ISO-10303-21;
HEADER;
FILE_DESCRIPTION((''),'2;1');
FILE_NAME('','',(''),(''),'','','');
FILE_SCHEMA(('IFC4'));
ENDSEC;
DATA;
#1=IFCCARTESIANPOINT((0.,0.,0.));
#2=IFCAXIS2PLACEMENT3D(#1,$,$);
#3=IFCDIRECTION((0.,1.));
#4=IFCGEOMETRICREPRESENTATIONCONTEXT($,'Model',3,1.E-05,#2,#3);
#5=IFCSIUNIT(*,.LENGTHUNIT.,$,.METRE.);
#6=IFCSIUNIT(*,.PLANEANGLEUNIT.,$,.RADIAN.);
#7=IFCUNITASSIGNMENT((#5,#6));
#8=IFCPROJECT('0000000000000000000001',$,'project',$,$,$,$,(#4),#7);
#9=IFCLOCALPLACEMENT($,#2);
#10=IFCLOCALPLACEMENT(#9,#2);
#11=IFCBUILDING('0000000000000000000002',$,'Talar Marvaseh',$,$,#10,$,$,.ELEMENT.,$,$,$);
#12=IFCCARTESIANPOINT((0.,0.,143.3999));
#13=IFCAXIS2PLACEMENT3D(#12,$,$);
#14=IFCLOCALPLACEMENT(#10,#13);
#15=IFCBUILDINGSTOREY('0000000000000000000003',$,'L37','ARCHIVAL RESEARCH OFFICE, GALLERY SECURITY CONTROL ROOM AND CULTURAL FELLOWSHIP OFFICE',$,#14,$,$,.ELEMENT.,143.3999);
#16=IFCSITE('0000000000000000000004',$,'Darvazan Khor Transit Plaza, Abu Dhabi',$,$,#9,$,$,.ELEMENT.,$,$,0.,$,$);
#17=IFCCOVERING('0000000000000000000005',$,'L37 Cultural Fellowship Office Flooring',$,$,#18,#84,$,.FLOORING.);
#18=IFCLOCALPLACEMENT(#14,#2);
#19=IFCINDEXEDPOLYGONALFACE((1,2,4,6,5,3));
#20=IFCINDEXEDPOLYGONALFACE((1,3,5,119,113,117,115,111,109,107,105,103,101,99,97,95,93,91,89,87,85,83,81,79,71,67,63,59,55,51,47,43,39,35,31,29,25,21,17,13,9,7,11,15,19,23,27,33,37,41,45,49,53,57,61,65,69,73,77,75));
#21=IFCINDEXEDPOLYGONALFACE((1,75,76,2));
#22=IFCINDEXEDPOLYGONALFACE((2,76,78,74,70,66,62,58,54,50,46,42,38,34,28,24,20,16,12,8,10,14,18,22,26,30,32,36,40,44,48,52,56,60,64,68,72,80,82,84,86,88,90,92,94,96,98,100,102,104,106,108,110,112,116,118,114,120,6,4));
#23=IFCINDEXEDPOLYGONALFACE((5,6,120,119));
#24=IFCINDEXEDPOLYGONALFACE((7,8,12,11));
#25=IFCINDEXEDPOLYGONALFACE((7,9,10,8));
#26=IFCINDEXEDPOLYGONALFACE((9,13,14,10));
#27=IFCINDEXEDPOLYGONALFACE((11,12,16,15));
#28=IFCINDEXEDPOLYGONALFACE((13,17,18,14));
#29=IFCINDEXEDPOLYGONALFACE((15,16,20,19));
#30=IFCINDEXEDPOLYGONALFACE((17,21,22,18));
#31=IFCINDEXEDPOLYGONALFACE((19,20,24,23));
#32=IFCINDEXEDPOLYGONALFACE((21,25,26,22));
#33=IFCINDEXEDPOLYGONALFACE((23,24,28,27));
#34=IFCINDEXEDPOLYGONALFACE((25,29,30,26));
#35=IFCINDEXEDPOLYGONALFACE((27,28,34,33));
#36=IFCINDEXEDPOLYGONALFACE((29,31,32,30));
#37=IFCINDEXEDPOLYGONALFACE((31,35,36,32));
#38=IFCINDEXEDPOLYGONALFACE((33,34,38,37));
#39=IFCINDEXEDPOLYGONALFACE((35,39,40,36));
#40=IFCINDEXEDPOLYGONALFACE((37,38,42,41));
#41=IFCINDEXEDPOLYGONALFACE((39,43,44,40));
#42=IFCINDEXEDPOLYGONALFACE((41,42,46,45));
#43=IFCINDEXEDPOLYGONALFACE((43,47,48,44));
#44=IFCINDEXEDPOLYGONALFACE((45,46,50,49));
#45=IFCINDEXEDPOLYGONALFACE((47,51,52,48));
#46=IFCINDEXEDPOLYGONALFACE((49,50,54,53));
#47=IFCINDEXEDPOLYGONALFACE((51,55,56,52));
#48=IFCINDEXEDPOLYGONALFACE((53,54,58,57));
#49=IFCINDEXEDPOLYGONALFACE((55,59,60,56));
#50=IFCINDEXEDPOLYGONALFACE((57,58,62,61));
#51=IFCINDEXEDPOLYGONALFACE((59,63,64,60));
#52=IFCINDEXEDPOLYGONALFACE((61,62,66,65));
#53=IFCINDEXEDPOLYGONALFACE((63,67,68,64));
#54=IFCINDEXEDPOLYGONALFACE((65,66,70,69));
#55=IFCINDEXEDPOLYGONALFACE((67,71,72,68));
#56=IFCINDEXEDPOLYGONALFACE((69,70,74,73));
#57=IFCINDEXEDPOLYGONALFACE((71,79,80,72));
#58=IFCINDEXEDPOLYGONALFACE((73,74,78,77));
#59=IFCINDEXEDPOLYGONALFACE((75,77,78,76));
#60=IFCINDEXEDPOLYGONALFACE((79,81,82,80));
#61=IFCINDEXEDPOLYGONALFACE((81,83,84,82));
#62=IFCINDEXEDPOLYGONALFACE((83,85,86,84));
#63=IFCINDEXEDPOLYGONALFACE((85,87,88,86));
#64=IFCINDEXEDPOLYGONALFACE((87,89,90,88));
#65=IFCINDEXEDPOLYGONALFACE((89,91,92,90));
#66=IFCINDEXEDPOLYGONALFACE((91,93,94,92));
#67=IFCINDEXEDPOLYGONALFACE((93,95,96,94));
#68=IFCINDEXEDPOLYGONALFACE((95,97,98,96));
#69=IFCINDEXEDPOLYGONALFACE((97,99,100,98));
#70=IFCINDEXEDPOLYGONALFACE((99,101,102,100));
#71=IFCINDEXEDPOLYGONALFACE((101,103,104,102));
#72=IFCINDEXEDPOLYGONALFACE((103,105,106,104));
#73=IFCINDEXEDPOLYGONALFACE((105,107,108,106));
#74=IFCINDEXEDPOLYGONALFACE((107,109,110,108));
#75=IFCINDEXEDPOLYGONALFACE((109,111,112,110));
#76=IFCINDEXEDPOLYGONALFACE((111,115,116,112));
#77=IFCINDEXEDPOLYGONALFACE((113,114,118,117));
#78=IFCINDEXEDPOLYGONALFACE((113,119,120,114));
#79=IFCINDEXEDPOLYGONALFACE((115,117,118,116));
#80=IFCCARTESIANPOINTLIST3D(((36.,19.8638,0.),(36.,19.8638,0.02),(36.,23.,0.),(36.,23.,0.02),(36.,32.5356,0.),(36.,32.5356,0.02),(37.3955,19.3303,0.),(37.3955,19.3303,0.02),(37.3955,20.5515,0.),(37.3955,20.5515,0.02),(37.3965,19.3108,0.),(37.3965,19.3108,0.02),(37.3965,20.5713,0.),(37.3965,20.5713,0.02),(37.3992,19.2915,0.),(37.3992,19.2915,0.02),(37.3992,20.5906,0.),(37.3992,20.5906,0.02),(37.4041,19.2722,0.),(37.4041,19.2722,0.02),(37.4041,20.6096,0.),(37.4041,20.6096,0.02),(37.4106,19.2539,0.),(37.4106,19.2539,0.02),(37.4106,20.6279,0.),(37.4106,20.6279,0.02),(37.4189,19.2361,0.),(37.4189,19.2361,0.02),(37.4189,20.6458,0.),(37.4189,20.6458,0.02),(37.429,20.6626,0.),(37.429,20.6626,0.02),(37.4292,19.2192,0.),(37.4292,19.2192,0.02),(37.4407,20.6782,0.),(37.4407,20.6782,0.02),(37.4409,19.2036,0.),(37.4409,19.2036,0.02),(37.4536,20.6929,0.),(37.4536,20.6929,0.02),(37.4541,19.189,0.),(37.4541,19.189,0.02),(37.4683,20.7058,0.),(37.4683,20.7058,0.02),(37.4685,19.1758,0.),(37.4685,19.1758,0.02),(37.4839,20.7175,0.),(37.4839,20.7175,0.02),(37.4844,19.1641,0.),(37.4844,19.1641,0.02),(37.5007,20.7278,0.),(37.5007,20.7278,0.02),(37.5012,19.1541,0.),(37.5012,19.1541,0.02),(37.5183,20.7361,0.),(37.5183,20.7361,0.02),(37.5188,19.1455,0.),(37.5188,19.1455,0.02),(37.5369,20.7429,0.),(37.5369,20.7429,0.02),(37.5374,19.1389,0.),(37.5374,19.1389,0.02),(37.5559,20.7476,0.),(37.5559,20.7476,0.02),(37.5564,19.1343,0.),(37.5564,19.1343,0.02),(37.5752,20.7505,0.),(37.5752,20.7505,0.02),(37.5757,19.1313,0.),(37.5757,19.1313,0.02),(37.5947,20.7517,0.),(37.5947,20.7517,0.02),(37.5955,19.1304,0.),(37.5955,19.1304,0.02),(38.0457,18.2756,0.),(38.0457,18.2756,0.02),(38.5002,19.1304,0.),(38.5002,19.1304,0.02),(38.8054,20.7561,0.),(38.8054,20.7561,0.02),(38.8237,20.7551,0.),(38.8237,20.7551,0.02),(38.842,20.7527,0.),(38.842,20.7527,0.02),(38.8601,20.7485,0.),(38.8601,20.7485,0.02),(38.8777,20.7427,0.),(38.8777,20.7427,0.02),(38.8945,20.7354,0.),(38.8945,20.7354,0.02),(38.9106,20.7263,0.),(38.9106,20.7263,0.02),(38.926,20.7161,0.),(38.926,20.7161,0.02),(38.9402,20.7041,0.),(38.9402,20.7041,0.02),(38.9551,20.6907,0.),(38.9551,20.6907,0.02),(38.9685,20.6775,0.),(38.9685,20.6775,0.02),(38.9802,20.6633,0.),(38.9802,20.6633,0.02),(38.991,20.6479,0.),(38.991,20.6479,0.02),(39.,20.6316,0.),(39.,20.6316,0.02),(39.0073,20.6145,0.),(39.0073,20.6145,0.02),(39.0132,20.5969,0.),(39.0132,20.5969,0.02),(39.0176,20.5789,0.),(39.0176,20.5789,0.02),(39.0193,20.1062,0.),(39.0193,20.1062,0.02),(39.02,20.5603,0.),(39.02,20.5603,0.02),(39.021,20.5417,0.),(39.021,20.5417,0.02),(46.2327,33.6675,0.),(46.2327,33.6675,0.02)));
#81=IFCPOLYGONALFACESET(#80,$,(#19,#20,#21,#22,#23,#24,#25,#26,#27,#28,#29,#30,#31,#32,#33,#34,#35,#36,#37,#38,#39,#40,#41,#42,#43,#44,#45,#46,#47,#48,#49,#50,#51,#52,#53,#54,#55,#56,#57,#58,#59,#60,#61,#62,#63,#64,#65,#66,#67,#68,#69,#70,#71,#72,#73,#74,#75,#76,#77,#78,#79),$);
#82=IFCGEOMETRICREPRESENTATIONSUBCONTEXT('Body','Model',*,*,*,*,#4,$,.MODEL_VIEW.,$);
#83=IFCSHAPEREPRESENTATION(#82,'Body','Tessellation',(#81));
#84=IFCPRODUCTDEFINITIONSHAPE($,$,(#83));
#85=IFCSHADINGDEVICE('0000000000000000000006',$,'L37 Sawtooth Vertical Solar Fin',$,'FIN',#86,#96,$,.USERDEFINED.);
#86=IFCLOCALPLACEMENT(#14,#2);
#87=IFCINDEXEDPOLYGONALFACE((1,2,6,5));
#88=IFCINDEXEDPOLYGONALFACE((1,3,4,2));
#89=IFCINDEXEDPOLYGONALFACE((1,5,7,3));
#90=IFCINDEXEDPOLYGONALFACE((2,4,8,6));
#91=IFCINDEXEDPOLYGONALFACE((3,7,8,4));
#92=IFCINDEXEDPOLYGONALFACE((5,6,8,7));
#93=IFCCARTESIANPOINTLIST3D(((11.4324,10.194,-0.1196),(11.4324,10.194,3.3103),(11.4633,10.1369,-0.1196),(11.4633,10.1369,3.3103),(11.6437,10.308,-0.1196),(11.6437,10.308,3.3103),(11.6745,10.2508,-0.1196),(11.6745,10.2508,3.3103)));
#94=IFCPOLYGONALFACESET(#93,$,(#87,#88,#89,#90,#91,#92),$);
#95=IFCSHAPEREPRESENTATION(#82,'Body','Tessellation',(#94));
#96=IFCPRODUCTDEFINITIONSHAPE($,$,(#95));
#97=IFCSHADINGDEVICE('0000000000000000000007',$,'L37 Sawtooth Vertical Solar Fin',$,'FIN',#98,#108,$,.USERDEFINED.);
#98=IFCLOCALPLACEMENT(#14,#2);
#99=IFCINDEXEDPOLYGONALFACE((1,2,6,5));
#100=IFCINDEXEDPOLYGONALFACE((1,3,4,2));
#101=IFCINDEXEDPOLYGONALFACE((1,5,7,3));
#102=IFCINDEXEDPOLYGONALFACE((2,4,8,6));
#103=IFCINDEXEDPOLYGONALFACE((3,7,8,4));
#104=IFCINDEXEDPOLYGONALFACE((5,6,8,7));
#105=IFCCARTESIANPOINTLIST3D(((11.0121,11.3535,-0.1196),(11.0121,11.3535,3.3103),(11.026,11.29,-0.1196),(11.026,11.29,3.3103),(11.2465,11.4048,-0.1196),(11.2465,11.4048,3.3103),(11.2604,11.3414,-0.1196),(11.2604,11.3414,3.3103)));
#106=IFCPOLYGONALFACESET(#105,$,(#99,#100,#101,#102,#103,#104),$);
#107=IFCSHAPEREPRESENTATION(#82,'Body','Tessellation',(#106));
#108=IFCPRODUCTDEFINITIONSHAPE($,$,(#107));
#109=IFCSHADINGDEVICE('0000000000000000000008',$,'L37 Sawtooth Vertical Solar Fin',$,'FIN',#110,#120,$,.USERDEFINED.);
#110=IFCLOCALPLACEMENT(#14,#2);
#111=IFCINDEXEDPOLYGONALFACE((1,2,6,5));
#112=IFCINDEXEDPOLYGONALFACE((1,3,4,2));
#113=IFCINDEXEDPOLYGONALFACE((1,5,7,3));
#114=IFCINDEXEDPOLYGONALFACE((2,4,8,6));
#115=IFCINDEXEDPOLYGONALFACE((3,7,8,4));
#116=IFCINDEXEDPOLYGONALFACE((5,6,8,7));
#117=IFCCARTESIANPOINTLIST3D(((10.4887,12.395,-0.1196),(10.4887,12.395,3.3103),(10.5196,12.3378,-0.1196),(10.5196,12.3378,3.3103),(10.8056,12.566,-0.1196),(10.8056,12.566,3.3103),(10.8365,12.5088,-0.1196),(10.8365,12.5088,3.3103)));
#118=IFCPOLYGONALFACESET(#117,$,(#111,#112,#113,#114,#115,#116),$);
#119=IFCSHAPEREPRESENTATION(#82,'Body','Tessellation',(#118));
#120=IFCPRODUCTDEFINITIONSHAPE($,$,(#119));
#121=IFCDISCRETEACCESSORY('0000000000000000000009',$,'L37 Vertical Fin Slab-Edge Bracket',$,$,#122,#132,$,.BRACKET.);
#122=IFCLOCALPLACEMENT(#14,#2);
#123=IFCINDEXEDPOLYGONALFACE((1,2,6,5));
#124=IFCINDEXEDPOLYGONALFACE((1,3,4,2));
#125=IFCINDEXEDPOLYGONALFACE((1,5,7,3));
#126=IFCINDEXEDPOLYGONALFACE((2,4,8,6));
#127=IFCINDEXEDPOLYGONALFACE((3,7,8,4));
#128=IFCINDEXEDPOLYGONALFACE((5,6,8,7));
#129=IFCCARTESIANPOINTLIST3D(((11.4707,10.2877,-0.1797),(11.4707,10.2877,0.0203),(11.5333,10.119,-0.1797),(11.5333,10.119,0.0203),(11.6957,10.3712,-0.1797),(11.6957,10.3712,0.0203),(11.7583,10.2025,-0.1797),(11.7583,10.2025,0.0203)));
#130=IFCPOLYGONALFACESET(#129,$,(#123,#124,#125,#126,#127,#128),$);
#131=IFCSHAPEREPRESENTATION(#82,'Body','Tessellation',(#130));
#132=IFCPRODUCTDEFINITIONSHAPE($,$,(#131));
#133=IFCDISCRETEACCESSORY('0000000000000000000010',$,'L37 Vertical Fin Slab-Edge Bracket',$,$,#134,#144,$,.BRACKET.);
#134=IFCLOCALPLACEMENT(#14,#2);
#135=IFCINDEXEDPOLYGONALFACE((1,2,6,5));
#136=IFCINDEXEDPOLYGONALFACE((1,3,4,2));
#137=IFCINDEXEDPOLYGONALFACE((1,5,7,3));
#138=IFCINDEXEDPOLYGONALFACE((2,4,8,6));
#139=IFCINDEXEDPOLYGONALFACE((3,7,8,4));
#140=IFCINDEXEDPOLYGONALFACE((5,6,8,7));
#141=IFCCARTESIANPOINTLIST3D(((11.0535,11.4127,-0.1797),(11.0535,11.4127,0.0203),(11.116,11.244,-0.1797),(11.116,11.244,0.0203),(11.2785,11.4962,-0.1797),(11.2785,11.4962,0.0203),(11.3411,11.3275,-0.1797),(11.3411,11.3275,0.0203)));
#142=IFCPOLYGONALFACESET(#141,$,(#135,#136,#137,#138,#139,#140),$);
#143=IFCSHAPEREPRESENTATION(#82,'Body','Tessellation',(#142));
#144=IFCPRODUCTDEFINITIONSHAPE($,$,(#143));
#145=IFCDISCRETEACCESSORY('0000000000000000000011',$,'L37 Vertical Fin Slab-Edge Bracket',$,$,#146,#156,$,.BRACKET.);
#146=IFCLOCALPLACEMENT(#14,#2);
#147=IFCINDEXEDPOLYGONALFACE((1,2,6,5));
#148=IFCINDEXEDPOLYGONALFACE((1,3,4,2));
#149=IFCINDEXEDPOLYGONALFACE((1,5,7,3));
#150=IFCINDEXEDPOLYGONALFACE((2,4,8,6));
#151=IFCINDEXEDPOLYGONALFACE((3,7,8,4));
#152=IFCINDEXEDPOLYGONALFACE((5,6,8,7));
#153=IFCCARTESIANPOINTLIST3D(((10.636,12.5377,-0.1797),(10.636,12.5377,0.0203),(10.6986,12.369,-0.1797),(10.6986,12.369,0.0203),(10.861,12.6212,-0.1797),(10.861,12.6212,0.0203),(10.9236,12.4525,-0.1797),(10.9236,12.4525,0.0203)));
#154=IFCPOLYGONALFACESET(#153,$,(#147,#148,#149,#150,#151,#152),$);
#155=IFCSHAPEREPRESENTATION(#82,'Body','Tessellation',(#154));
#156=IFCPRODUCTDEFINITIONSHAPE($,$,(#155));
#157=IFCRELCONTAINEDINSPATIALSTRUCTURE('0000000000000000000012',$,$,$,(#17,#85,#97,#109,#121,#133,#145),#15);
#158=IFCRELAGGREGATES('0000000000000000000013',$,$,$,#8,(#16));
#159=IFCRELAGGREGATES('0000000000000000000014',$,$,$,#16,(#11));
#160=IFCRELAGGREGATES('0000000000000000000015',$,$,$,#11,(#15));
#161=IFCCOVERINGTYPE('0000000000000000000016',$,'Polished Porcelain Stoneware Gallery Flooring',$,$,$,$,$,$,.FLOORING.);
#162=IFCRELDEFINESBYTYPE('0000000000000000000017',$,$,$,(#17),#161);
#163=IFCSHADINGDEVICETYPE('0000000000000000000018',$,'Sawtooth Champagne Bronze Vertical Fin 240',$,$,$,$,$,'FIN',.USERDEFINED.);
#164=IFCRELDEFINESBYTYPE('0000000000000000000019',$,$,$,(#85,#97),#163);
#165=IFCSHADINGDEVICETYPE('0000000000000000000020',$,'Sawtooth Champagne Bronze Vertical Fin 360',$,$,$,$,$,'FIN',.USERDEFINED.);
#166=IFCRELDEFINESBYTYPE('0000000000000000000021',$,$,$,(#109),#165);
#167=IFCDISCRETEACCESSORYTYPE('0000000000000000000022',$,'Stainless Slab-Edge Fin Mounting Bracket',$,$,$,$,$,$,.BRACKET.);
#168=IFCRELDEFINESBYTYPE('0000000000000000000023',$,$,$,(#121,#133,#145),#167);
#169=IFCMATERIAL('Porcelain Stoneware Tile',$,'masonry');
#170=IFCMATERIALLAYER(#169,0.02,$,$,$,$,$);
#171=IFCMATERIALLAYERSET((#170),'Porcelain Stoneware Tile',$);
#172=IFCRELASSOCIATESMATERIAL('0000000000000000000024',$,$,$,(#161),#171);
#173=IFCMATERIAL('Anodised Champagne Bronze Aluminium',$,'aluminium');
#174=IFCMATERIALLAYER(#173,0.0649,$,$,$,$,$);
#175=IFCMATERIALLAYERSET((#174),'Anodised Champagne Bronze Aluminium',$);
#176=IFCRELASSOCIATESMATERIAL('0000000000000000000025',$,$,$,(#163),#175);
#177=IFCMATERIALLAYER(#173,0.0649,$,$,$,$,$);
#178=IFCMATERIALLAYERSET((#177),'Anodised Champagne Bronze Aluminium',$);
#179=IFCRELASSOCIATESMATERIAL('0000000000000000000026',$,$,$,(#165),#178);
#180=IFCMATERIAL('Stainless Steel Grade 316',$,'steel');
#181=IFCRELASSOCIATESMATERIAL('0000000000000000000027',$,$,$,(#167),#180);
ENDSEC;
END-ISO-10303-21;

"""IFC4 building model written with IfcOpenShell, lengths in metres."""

from ifc_helpers import new_model, si_unit, direction, frame, origin, origin_2d, place, context, subcontext, project, spatial, polyline, rectangle, outline, extrude, source, transform, mapped, material, layer, layer_set, type_object, type_shapes, element, save


model = new_model("IFC4")

# Units and contexts
model_context = context("Model", 3, precision=1e-05, world=origin(), true_north=direction((0.0, 1.0)))
body_context = subcontext(model_context, "Body", "Model", "MODEL_VIEW")
ifc_project = project(units=[si_unit("LENGTHUNIT", "METRE"), si_unit("PLANEANGLEUNIT", "RADIAN")], contexts=[model_context])

# Site, building, storey
site_placement = place(None, origin())
site = spatial("IfcSite", under=ifc_project, at=site_placement, Name="Darvazan Khor Transit Plaza, Abu Dhabi", CompositionType="ELEMENT", RefElevation=0.0)
building_placement = place(site_placement, origin())
building = spatial("IfcBuilding", under=site, at=building_placement, Name="Talar Marvaseh", CompositionType="ELEMENT")
storey_placement = place(building_placement, frame((0.0, 0.0, 143.3999)))
storey = spatial("IfcBuildingStorey", under=building, at=storey_placement, Name="L37", Description="ARCHIVAL RESEARCH OFFICE, GALLERY SECURITY CONTROL ROOM AND CULTURAL FELLOWSHIP OFFICE", CompositionType="ELEMENT", Elevation=143.3999)

# Covering
ifc_material_1 = material(Name="Porcelain Stoneware Tile", Category="masonry")
ifc_layer_1 = layer(ifc_material_1, 0.02)
ifc_layer_set_1 = layer_set([ifc_layer_1], Name="Porcelain Stoneware Tile")
covering_type_1 = type_object("IfcCoveringType", Name="Polished Porcelain Stoneware Gallery Flooring", PredefinedType="FLOORING", material=ifc_layer_set_1)
covering_1_placement = place(storey_placement, origin())
element("IfcCovering", 1, at=covering_1_placement, inside=storey, type_object=covering_type_1, Name="L37 Cultural Fellowship Office Flooring", PredefinedType="FLOORING", context=body_context, shape_type="SweptSolid", body=[
    extrude(outline(polyline([(46.2327, 33.6675), (39.0193, 20.1062), (39.021, 20.5417), (39.02, 20.5603), (39.0176, 20.5789), (39.0132, 20.5969), (39.0073, 20.6145), (39.0, 20.6316), (38.991, 20.6479), (38.9802, 20.6633), (38.9685, 20.6775), (38.9551, 20.6907), (38.9402, 20.7041), (38.926, 20.7161), (38.9106, 20.7263), (38.8945, 20.7354), (38.8777, 20.7427), (38.8601, 20.7485), (38.842, 20.7527), (38.8237, 20.7551), (38.8054, 20.7561), (37.5947, 20.7517), (37.5752, 20.7505), (37.5559, 20.7476), (37.5369, 20.7429), (37.5183, 20.7361), (37.5007, 20.7278), (37.4839, 20.7175), (37.4683, 20.7058), (37.4536, 20.6929), (37.4407, 20.6782), (37.429, 20.6626), (37.4189, 20.6458), (37.4106, 20.6279), (37.4041, 20.6096), (37.3992, 20.5906), (37.3965, 20.5713), (37.3955, 20.5515), (37.3955, 19.3303), (37.3965, 19.3108), (37.3992, 19.2915), (37.4041, 19.2722), (37.4106, 19.2539), (37.4189, 19.2361), (37.4292, 19.2192), (37.4409, 19.2036), (37.4541, 19.189), (37.4685, 19.1758), (37.4844, 19.1641), (37.5012, 19.1541), (37.5188, 19.1455), (37.5374, 19.1389), (37.5564, 19.1343), (37.5757, 19.1313), (37.5955, 19.1304), (38.5002, 19.1304), (38.0457, 18.2756), (36.0, 19.8638), (36.0, 23.0), (36.0, 32.5356), (46.2327, 33.6675)])), origin(), (0.0, 0.0, 1.0), 0.02),
])

# Shading devices
ifc_material_2 = material(Name="Anodised Champagne Bronze Aluminium", Category="aluminium")
ifc_layer_2 = layer(ifc_material_2, 0.0649)
ifc_layer_set_2 = layer_set([ifc_layer_2], Name="Anodised Champagne Bronze Aluminium")
shading_device_type_1 = type_object("IfcShadingDeviceType", Name="Sawtooth Champagne Bronze Vertical Fin 240", ElementType="FIN", PredefinedType="USERDEFINED", material=ifc_layer_set_2)
shared_shape_1 = source(origin(), body_context, "Body", "SweptSolid", [
    extrude(rectangle(XDim=0.24, YDim=0.0649, at=origin_2d()), origin(), (0.0, 0.0, 1.0), 3.4299),
])
type_shapes(shading_device_type_1, [shared_shape_1])
for number, where, z_axis, x_axis, name in (
    (2, (11.5535, 10.2224, -0.1196), (0.0, 0.0, 1.0), (-0.880063, -0.474856, 0.0), "L37 Sawtooth Vertical Solar Fin"),
    (3, (11.1362, 11.3474, -0.1196), (0.0, 0.0, 1.0), (-0.976859, -0.213883, 0.0), "L37 Sawtooth Vertical Solar Fin"),
):
    element("IfcShadingDevice", number, at=place(storey_placement, frame(where, z_axis=z_axis, x_axis=x_axis)), inside=storey, type_object=shading_device_type_1, Name=name, ObjectType="FIN", PredefinedType="USERDEFINED", context=body_context, shape_type="MappedRepresentation", body=[
        mapped(shared_shape_1, transform((0.0, 0.0, 0.0), x_axis=(1.0, 0.0, 0.0), y_axis=(0.0, 1.0, 0.0), z_axis=(0.0, 0.0, 1.0), scale=1.0)),
    ])
ifc_layer_3 = layer(ifc_material_2, 0.0649)
ifc_layer_set_3 = layer_set([ifc_layer_3], Name="Anodised Champagne Bronze Aluminium")
shading_device_type_2 = type_object("IfcShadingDeviceType", Name="Sawtooth Champagne Bronze Vertical Fin 360", ElementType="FIN", PredefinedType="USERDEFINED", material=ifc_layer_set_3)
shared_shape_2 = source(origin(), body_context, "Body", "SweptSolid", [
    extrude(rectangle(XDim=0.3601, YDim=0.0649, at=origin_2d()), origin(), (0.0, 0.0, 1.0), 3.4299),
])
type_shapes(shading_device_type_2, [shared_shape_2])
shading_device_placement = place(storey_placement, frame((10.6626, 12.4519, -0.1196), z_axis=(0.0, 0.0, 1.0), x_axis=(-0.880063, -0.474856, 0.0)))
element("IfcShadingDevice", 4, at=shading_device_placement, inside=storey, type_object=shading_device_type_2, Name="L37 Sawtooth Vertical Solar Fin", ObjectType="FIN", PredefinedType="USERDEFINED", context=body_context, shape_type="MappedRepresentation", body=[
    mapped(shared_shape_2, transform((0.0, 0.0, 0.0), x_axis=(1.0, 0.0, 0.0), y_axis=(0.0, 1.0, 0.0), z_axis=(0.0, 0.0, 1.0), scale=1.0)),
])

# Discrete accessories
ifc_material_3 = material(Name="Stainless Steel Grade 316", Category="steel")
discrete_accessory_type = type_object("IfcDiscreteAccessoryType", Name="Stainless Slab-Edge Fin Mounting Bracket", PredefinedType="BRACKET", material=ifc_material_3)
shared_shape_3 = source(origin(), body_context, "Body", "SweptSolid", [
    extrude(rectangle(XDim=0.24, YDim=0.1799, at=origin_2d()), origin(), (0.0, 0.0, 1.0), 0.2),
])
type_shapes(discrete_accessory_type, [shared_shape_3])
for number, where, z_axis, x_axis, name in (
    (5, (11.6145, 10.2451, -0.1797), (0.0, 0.0, 1.0), (-0.937586, -0.347754, 0.0), "L37 Vertical Fin Slab-Edge Bracket"),
    (6, (11.1973, 11.3701, -0.1797), (0.0, 0.0, 1.0), (-0.937586, -0.347754, 0.0), "L37 Vertical Fin Slab-Edge Bracket"),
    (7, (10.7798, 12.4951, -0.1797), (0.0, 0.0, 1.0), (-0.937586, -0.347754, 0.0), "L37 Vertical Fin Slab-Edge Bracket"),
):
    element("IfcDiscreteAccessory", number, at=place(storey_placement, frame(where, z_axis=z_axis, x_axis=x_axis)), inside=storey, type_object=discrete_accessory_type, Name=name, PredefinedType="BRACKET", context=body_context, shape_type="MappedRepresentation", body=[
        mapped(shared_shape_3, transform((0.0, 0.0, 0.0), x_axis=(1.0, 0.0, 0.0), y_axis=(0.0, 1.0, 0.0), z_axis=(0.0, 0.0, 1.0), scale=1.0)),
    ])

save(model, "model.ifc")
